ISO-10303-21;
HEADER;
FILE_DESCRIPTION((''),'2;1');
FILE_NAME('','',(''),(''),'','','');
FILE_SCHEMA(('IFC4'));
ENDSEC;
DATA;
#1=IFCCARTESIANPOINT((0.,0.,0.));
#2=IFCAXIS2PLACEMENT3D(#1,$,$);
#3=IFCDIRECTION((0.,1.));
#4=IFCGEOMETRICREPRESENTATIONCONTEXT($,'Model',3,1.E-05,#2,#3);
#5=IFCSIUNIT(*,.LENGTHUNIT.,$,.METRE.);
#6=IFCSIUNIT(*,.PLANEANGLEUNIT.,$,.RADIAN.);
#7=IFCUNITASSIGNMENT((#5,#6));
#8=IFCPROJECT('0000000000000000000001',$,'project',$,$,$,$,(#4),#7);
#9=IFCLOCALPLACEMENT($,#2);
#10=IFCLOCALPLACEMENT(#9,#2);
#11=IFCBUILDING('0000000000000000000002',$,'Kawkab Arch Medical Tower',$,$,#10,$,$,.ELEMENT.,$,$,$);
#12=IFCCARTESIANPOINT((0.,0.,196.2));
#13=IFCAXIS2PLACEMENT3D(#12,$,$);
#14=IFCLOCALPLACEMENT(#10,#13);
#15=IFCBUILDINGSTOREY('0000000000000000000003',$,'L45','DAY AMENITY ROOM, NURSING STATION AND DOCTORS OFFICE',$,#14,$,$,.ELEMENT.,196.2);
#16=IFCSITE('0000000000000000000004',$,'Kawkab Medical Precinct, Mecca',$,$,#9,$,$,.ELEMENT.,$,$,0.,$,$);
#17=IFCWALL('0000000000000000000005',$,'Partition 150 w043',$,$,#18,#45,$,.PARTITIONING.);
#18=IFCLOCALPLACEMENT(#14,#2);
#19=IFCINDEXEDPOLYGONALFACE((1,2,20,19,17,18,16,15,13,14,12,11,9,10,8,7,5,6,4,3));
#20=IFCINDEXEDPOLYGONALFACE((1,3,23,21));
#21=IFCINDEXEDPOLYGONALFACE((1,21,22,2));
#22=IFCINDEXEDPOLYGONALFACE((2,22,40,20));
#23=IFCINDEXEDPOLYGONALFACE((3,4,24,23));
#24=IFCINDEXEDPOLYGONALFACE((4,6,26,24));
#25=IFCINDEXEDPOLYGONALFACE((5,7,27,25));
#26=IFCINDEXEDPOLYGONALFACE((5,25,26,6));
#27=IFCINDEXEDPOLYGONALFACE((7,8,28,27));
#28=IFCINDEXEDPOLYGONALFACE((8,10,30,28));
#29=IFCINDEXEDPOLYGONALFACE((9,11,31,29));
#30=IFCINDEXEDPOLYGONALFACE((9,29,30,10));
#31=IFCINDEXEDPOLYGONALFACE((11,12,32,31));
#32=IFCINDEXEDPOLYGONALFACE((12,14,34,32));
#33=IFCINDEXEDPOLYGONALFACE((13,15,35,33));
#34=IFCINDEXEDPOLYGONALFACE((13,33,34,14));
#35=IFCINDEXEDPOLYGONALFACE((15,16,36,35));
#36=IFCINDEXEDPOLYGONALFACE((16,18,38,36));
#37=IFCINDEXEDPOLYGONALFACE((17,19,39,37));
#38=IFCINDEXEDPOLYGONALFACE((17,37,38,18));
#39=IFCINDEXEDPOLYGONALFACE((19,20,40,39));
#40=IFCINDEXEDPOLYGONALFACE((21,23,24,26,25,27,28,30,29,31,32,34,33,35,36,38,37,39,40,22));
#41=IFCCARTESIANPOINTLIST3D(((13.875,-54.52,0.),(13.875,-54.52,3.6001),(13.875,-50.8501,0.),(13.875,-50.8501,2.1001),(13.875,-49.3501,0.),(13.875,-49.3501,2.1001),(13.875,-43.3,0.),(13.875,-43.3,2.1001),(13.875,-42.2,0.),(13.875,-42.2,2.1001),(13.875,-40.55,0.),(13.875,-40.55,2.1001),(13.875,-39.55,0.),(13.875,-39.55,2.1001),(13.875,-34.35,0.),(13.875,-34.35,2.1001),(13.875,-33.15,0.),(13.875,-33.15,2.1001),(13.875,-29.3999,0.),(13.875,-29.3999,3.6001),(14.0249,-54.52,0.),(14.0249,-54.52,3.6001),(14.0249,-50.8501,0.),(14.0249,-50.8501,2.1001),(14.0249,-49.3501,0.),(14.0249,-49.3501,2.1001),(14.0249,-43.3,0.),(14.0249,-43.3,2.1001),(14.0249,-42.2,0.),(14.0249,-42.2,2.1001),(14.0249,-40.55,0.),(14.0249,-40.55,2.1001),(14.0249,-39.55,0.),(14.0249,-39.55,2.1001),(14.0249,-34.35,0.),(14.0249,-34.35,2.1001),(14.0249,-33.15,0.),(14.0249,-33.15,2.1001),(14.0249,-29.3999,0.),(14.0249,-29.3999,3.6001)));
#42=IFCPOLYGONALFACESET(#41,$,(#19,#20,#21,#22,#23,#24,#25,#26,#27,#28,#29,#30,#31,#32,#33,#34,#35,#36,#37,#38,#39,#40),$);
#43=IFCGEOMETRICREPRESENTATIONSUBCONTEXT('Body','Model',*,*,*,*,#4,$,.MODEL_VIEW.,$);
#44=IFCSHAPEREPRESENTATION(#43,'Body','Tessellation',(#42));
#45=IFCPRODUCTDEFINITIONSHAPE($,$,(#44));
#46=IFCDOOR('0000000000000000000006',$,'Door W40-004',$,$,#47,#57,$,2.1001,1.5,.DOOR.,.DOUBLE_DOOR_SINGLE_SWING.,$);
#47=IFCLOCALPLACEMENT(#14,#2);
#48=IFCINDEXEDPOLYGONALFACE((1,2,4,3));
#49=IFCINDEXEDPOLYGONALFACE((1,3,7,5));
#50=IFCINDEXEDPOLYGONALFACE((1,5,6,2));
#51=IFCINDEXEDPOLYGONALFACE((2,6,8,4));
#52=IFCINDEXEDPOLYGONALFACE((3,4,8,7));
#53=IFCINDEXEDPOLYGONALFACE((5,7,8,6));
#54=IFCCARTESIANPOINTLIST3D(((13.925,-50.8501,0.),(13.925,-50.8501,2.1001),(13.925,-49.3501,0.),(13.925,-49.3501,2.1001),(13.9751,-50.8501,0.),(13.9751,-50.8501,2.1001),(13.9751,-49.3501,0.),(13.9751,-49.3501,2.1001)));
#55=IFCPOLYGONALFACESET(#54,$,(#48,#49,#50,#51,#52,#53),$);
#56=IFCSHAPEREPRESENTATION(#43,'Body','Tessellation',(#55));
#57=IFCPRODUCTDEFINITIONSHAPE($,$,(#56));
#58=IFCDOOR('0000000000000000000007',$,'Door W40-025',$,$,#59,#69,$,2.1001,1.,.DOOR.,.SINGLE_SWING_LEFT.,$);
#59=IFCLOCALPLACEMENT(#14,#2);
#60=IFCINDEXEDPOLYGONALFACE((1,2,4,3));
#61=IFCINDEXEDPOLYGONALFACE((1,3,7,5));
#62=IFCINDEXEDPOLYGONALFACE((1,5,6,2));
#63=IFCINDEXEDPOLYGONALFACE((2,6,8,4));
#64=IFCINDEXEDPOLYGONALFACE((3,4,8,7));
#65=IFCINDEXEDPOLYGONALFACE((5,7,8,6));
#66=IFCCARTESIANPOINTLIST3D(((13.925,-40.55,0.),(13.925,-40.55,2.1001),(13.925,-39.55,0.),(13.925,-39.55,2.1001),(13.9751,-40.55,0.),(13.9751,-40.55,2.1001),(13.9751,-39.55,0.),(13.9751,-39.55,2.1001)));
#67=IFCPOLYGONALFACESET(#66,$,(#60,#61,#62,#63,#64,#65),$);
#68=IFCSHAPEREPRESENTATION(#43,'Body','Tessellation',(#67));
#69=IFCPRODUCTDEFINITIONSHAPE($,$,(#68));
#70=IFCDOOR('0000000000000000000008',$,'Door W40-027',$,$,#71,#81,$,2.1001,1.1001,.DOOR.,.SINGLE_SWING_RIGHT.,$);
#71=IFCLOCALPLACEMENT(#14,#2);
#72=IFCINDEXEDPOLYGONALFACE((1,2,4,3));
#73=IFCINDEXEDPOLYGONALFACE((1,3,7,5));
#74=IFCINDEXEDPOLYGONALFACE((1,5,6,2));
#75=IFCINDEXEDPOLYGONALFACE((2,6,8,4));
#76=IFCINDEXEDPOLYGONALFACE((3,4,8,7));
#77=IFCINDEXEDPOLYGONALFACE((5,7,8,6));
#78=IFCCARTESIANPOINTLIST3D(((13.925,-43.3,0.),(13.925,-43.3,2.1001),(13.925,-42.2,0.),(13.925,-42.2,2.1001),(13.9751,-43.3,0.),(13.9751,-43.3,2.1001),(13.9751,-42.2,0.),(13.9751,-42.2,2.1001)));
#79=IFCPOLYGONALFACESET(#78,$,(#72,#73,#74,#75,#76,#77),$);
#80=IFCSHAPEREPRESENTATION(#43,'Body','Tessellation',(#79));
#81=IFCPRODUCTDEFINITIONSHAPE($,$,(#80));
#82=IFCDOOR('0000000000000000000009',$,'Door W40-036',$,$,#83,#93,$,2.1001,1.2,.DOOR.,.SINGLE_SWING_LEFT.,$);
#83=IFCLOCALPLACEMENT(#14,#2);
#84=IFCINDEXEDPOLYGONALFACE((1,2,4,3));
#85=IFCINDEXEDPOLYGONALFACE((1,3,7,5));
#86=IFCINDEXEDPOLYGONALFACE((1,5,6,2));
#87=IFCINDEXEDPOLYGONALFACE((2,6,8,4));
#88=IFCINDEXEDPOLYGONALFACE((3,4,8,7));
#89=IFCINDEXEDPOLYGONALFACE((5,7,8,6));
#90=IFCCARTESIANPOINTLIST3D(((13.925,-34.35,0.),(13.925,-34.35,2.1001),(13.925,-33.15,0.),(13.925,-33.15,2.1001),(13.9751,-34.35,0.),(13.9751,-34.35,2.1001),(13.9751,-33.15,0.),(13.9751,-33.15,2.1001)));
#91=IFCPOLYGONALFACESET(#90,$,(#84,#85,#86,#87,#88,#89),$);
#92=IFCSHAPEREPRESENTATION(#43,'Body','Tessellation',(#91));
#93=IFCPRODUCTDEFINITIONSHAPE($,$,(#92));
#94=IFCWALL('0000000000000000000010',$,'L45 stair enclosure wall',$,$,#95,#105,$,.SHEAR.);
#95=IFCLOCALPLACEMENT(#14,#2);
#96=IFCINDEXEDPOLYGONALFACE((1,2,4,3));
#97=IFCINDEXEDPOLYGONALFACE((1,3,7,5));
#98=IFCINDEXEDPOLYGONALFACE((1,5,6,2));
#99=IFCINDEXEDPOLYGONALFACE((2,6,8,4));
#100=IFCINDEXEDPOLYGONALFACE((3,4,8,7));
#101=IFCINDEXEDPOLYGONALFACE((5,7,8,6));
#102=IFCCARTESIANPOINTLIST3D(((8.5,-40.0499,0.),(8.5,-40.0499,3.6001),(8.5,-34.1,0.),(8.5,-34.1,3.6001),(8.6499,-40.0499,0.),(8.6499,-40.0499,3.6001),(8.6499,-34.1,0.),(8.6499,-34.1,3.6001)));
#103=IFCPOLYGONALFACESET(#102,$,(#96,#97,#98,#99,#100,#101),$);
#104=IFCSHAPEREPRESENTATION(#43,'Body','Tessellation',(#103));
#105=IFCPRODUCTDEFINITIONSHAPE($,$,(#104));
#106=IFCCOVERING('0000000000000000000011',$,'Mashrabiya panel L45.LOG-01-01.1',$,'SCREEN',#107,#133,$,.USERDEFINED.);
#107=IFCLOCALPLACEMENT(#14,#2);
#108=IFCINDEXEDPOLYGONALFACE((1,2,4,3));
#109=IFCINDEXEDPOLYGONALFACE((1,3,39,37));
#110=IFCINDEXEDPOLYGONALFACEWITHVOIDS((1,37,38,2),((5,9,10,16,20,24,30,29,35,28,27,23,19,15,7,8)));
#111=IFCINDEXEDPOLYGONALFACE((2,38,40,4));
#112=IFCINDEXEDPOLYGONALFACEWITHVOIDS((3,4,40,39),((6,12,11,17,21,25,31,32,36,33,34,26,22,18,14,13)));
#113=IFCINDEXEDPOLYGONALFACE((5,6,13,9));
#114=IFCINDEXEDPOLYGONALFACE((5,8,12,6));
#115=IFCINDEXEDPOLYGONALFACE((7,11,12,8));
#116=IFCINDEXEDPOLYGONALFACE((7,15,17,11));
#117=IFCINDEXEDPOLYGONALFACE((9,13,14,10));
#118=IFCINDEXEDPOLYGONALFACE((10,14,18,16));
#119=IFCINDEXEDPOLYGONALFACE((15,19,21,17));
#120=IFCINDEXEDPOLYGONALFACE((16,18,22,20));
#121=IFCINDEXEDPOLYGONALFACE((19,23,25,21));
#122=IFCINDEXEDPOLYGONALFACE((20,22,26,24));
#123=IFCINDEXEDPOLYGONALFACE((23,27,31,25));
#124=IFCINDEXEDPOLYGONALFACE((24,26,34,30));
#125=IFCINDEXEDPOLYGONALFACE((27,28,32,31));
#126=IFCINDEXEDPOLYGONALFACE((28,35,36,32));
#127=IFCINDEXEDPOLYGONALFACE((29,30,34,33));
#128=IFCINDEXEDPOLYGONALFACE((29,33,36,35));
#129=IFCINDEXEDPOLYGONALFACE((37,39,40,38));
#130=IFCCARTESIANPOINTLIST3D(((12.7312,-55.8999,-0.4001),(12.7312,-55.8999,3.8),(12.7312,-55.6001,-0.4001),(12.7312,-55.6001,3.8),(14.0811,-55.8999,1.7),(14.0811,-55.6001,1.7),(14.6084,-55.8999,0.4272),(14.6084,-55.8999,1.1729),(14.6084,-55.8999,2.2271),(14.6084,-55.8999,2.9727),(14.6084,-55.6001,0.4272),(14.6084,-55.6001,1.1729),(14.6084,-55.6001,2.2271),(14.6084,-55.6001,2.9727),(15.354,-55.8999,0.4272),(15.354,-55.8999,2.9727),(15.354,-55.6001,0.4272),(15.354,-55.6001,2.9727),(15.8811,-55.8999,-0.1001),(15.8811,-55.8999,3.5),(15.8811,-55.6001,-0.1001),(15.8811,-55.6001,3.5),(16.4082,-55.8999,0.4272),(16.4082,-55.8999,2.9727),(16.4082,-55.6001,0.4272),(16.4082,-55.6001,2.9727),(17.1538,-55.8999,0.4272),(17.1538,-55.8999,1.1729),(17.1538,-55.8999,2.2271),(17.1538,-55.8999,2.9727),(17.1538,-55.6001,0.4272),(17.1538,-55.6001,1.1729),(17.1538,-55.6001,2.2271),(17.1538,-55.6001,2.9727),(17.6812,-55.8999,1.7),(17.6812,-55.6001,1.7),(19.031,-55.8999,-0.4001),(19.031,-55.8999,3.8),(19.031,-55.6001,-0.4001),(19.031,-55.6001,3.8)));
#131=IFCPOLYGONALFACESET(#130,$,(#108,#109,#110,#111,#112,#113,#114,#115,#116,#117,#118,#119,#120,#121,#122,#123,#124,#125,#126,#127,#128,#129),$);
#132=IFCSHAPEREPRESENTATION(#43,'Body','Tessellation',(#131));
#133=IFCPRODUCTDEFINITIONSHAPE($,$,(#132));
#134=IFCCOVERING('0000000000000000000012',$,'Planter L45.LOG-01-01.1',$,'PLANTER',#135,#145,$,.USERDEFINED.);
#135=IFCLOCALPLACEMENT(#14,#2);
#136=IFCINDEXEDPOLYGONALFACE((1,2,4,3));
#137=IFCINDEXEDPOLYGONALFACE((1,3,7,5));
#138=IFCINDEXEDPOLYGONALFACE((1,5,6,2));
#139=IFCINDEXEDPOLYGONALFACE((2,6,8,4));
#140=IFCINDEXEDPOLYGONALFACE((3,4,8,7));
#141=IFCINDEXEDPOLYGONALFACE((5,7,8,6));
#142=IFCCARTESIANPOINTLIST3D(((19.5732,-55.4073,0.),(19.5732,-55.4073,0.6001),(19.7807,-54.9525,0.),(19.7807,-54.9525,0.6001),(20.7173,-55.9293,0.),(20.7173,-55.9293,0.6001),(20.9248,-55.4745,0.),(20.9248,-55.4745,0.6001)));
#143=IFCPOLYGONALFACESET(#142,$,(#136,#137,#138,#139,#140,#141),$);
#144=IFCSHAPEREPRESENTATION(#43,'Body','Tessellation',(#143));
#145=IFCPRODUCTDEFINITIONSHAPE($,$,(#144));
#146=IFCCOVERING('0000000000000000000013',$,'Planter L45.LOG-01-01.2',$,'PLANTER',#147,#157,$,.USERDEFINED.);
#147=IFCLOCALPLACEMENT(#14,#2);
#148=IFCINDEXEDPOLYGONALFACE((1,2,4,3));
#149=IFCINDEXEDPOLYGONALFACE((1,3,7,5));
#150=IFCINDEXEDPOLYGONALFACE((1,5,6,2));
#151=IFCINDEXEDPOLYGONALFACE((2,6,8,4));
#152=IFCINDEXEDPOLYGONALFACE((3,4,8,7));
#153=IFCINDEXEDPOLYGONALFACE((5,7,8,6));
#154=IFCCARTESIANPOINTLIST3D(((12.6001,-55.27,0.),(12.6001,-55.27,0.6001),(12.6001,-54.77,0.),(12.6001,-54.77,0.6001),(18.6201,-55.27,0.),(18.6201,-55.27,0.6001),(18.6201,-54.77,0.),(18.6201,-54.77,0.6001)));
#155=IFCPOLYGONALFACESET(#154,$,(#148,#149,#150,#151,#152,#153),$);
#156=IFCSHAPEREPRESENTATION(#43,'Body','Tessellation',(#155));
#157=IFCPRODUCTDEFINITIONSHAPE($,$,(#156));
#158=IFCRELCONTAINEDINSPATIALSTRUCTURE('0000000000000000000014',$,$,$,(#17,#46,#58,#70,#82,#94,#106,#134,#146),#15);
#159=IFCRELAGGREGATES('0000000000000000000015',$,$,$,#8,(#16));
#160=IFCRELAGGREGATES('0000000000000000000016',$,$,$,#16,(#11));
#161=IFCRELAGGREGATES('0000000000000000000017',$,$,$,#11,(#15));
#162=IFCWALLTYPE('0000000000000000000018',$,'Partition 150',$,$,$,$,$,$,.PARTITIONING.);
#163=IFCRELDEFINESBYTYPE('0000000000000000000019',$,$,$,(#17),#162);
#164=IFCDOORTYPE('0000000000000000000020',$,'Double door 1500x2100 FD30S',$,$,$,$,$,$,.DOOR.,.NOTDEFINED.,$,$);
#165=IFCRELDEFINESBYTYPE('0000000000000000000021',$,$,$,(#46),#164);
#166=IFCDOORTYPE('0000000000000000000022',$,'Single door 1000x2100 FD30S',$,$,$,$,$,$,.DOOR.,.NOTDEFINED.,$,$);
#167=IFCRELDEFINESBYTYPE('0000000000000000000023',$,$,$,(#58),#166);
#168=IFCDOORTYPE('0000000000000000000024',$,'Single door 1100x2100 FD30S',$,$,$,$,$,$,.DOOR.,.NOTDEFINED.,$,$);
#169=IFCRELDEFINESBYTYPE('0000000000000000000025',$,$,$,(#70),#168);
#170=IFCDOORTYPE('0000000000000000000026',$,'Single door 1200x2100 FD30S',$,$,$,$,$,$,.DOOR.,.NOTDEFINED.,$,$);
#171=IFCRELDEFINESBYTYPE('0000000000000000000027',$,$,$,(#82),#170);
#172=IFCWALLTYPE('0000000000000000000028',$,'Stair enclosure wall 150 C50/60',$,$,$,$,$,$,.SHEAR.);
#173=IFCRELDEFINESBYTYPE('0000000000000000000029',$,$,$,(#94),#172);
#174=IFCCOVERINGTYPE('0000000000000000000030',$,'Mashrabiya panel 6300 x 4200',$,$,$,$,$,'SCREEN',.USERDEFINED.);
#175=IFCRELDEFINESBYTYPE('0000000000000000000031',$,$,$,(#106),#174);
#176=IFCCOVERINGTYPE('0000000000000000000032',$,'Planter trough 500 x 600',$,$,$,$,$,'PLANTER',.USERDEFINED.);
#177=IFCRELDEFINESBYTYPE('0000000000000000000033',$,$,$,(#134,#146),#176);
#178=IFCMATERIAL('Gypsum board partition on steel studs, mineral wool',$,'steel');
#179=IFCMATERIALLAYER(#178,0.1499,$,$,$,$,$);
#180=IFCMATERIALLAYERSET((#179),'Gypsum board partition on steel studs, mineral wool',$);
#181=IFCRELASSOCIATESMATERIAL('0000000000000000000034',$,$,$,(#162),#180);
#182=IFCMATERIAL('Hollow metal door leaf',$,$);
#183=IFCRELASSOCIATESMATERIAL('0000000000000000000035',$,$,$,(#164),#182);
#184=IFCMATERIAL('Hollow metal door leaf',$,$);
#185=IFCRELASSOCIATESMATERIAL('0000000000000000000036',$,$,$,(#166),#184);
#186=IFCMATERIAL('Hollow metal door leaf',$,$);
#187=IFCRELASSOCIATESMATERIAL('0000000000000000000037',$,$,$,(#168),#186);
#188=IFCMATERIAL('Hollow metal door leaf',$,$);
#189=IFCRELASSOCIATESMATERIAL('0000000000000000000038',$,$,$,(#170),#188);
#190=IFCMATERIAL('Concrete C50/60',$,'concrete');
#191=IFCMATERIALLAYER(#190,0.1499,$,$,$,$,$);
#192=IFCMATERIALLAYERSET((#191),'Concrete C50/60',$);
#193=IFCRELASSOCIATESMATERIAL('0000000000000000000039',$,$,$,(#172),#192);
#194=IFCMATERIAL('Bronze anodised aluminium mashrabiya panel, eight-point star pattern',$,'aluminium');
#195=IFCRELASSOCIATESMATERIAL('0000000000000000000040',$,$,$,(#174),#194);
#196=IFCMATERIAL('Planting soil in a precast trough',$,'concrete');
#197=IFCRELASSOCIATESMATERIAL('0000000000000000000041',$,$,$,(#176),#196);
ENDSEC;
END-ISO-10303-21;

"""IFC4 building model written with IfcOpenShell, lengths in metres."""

from ifc_helpers import new_model, si_unit, direction, frame, frame_2d, origin, origin_2d, place, context, subcontext, project, spatial, polyline, rectangle, outline, extrude, material, layer, layer_set, material_profile, profile_set, type_object, element, fill, save


model = new_model("IFC4")

# Units and contexts
model_context = context("Model", 3, precision=1e-05, world=origin(), true_north=direction((0.0, 1.0)))
body_context = subcontext(model_context, "Body", "Model", "MODEL_VIEW")
ifc_project = project(units=[si_unit("LENGTHUNIT", "METRE"), si_unit("PLANEANGLEUNIT", "RADIAN")], contexts=[model_context])

# Site, building, storey
site_placement = place(None, origin())
site = spatial("IfcSite", under=ifc_project, at=site_placement, Name="Kawkab Medical Precinct, Mecca", CompositionType="ELEMENT", RefElevation=0.0)
building_placement = place(site_placement, origin())
building = spatial("IfcBuilding", under=site, at=building_placement, Name="Kawkab Arch Medical Tower", CompositionType="ELEMENT")
storey_placement = place(building_placement, frame((0.0, 0.0, 196.2)))
storey = spatial("IfcBuildingStorey", under=building, at=storey_placement, Name="L45", Description="DAY AMENITY ROOM, NURSING STATION AND DOCTORS OFFICE", CompositionType="ELEMENT", Elevation=196.2)

# Shared definitions
ifc_material_1 = material(Name="Gypsum board partition on steel studs, mineral wool", Category="steel")
ifc_layer_1 = layer(ifc_material_1, 0.1499)
ifc_layer_set_1 = layer_set([ifc_layer_1], Name="Gypsum board partition on steel studs, mineral wool")
wall_type_1 = type_object("IfcWallType", Name="Partition 150", PredefinedType="PARTITIONING", material=ifc_layer_set_1)

# Shared definitions
ifc_material_2 = material(Name="Hollow metal door leaf")
door_type_1 = type_object("IfcDoorType", Name="Double door 1500x2100 FD30S", OperationType="NOTDEFINED", PredefinedType="DOOR", material=ifc_material_2)

# Wall, openings, doors
wall_1_placement = place(storey_placement, frame((13.95, -54.52, 0.0), z_axis=(0.0, 0.0, 1.0), x_axis=(0.0, 1.0, 0.0)))
wall_1 = element("IfcWall", 1, at=wall_1_placement, inside=storey, type_object=wall_type_1, Name="Partition 150 w043", PredefinedType="PARTITIONING", context=body_context, shape_type="SweptSolid", body=[
    extrude(rectangle(XDim=25.1201, YDim=0.1499, at=frame_2d((12.5601, 0.0))), origin(), (0.0, 0.0, 1.0), 3.6001),
])
opening_1_placement = place(wall_1_placement, frame((20.1699, 0.0, 0.0)))
opening_1 = element("IfcOpeningElement", 2, at=opening_1_placement, cuts=wall_1, PredefinedType="OPENING", context=body_context, shape_type="SweptSolid", body=[
    extrude(rectangle(XDim=1.2, YDim=2.1001, at=frame_2d((0.6001, 1.05))), frame((0.0, 0.085, 0.0), z_axis=(0.0, -1.0, 0.0), x_axis=(1.0, 0.0, 0.0)), (0.0, 0.0, 1.0), 0.1699),
])
opening_2_placement = place(wall_1_placement, frame((13.97, 0.0, 0.0)))
opening_2 = element("IfcOpeningElement", 3, at=opening_2_placement, cuts=wall_1, PredefinedType="OPENING", context=body_context, shape_type="SweptSolid", body=[
    extrude(rectangle(XDim=1.0, YDim=2.1001, at=frame_2d((0.5, 1.05))), frame((0.0, 0.085, 0.0), z_axis=(0.0, -1.0, 0.0), x_axis=(1.0, 0.0, 0.0)), (0.0, 0.0, 1.0), 0.1699),
])
opening_3_placement = place(wall_1_placement, frame((11.22, 0.0, 0.0)))
opening_3 = element("IfcOpeningElement", 4, at=opening_3_placement, cuts=wall_1, PredefinedType="OPENING", context=body_context, shape_type="SweptSolid", body=[
    extrude(rectangle(XDim=1.1001, YDim=2.1001, at=frame_2d((0.55, 1.05))), frame((0.0, 0.085, 0.0), z_axis=(0.0, -1.0, 0.0), x_axis=(1.0, 0.0, 0.0)), (0.0, 0.0, 1.0), 0.1699),
])
opening_4_placement = place(wall_1_placement, frame((3.6699, 0.0, 0.0)))
opening_4 = element("IfcOpeningElement", 5, at=opening_4_placement, cuts=wall_1, PredefinedType="OPENING", context=body_context, shape_type="SweptSolid", body=[
    extrude(rectangle(XDim=1.5, YDim=2.1001, at=frame_2d((0.75, 1.05))), frame((0.0, 0.085, 0.0), z_axis=(0.0, -1.0, 0.0), x_axis=(1.0, 0.0, 0.0)), (0.0, 0.0, 1.0), 0.1699),
])
door_1_placement = place(opening_4_placement, origin())
door_1 = element("IfcDoor", 6, at=door_1_placement, inside=storey, type_object=door_type_1, Name="Door W40-004", OperationType="DOUBLE_DOOR_SINGLE_SWING", OverallHeight=2.1001, OverallWidth=1.5, PredefinedType="DOOR", context=body_context, shape_type="SweptSolid", body=[
    extrude(rectangle(XDim=1.5, YDim=2.1001, at=frame_2d((0.75, 1.05))), frame((0.0, 0.0249, 0.0), z_axis=(0.0, -1.0, 0.0), x_axis=(1.0, 0.0, 0.0)), (0.0, 0.0, 1.0), 0.05),
])
fill(opening_4, door_1)
ifc_material_3 = material(Name="Hollow metal door leaf")
door_type_2 = type_object("IfcDoorType", Name="Single door 1000x2100 FD30S", OperationType="NOTDEFINED", PredefinedType="DOOR", material=ifc_material_3)
door_2_placement = place(opening_2_placement, origin())
door_2 = element("IfcDoor", 7, at=door_2_placement, inside=storey, type_object=door_type_2, Name="Door W40-025", OperationType="SINGLE_SWING_LEFT", OverallHeight=2.1001, OverallWidth=1.0, PredefinedType="DOOR", context=body_context, shape_type="SweptSolid", body=[
    extrude(rectangle(XDim=1.0, YDim=2.1001, at=frame_2d((0.5, 1.05))), frame((0.0, 0.0249, 0.0), z_axis=(0.0, -1.0, 0.0), x_axis=(1.0, 0.0, 0.0)), (0.0, 0.0, 1.0), 0.05),
])
fill(opening_2, door_2)
ifc_material_4 = material(Name="Hollow metal door leaf")
door_type_3 = type_object("IfcDoorType", Name="Single door 1100x2100 FD30S", OperationType="NOTDEFINED", PredefinedType="DOOR", material=ifc_material_4)
door_3_placement = place(opening_3_placement, origin())
door_3 = element("IfcDoor", 8, at=door_3_placement, inside=storey, type_object=door_type_3, Name="Door W40-027", OperationType="SINGLE_SWING_RIGHT", OverallHeight=2.1001, OverallWidth=1.1001, PredefinedType="DOOR", context=body_context, shape_type="SweptSolid", body=[
    extrude(rectangle(XDim=1.1001, YDim=2.1001, at=frame_2d((0.55, 1.05))), frame((0.0, 0.0249, 0.0), z_axis=(0.0, -1.0, 0.0), x_axis=(1.0, 0.0, 0.0)), (0.0, 0.0, 1.0), 0.05),
])
fill(opening_3, door_3)
ifc_material_5 = material(Name="Hollow metal door leaf")
door_type_4 = type_object("IfcDoorType", Name="Single door 1200x2100 FD30S", OperationType="NOTDEFINED", PredefinedType="DOOR", material=ifc_material_5)
door_4_placement = place(opening_1_placement, origin())
door_4 = element("IfcDoor", 9, at=door_4_placement, inside=storey, type_object=door_type_4, Name="Door W40-036", OperationType="SINGLE_SWING_LEFT", OverallHeight=2.1001, OverallWidth=1.2, PredefinedType="DOOR", context=body_context, shape_type="SweptSolid", body=[
    extrude(rectangle(XDim=1.2, YDim=2.1001, at=frame_2d((0.6001, 1.05))), frame((0.0, 0.0249, 0.0), z_axis=(0.0, -1.0, 0.0), x_axis=(1.0, 0.0, 0.0)), (0.0, 0.0, 1.0), 0.05),
])
fill(opening_1, door_4)

# Wall
ifc_material_6 = material(Name="Concrete C50/60", Category="concrete")
ifc_layer_2 = layer(ifc_material_6, 0.1499)
ifc_layer_set_2 = layer_set([ifc_layer_2], Name="Concrete C50/60")
wall_type_2 = type_object("IfcWallType", Name="Stair enclosure wall 150 C50/60", PredefinedType="SHEAR", material=ifc_layer_set_2)
wall_2_placement = place(storey_placement, frame((8.575, -40.05, 0.0), z_axis=(0.0, 0.0, 1.0), x_axis=(0.0, 1.0, 0.0)))
element("IfcWall", 10, at=wall_2_placement, inside=storey, type_object=wall_type_2, Name="L45 stair enclosure wall", PredefinedType="SHEAR", context=body_context, shape_type="SweptSolid", body=[
    extrude(rectangle(XDim=5.95, YDim=0.1499, at=frame_2d((2.9751, 0.0))), origin(), (0.0, 0.0, 1.0), 3.6001),
])

# Coverings
ifc_material_7 = material(Name="Bronze anodised aluminium mashrabiya panel, eight-point star pattern", Category="aluminium")
ifc_material_profile_1 = material_profile(ifc_material_7, outline(polyline([(-3.1499, -2.1001), (3.1499, -2.1001), (3.1499, 2.1001), (-3.1499, 2.1001), (-3.1499, -2.1001)]), holes=[polyline([(1.8, 0.0), (1.2727, 0.5271), (1.2727, 1.2727), (0.5271, 1.2727), (0.0, 1.8), (-0.5271, 1.2727), (-1.2727, 1.2727), (-1.2727, 0.5271), (-1.8, 0.0), (-1.2727, -0.5271), (-1.2727, -1.2727), (-0.5271, -1.2727), (0.0, -1.8), (0.5271, -1.2727), (1.2727, -1.2727), (1.2727, -0.5271), (1.8, 0.0)])]), Name="Mashrabiya panel 6300x4200")
ifc_profile_set_1 = profile_set([ifc_material_profile_1], Name="Bronze anodised aluminium mashrabiya panel, eight-point star pattern")
covering_type_1 = type_object("IfcCoveringType", Name="Mashrabiya panel 6300 x 4200", ElementType="SCREEN", PredefinedType="USERDEFINED", material=ifc_profile_set_1)
covering_1_placement = place(storey_placement, frame((15.8811, -55.6001, 1.7), z_axis=(0.0, -1.0, 0.0), x_axis=(1.0, 0.0, 0.0)))
element("IfcCovering", 11, at=covering_1_placement, inside=storey, type_object=covering_type_1, Name="Mashrabiya panel L45.LOG-01-01.1", ObjectType="SCREEN", PredefinedType="USERDEFINED", context=body_context, shape_type="SweptSolid", body=[
    extrude(outline(polyline([(-3.1499, -2.1001), (3.1499, -2.1001), (3.1499, 2.1001), (-3.1499, 2.1001), (-3.1499, -2.1001)]), holes=[polyline([(1.8, 0.0), (1.2727, 0.5271), (1.2727, 1.2727), (0.5271, 1.2727), (0.0, 1.8), (-0.5271, 1.2727), (-1.2727, 1.2727), (-1.2727, 0.5271), (-1.8, 0.0), (-1.2727, -0.5271), (-1.2727, -1.2727), (-0.5271, -1.2727), (0.0, -1.8), (0.5271, -1.2727), (1.2727, -1.2727), (1.2727, -0.5271), (1.8, 0.0)])]), origin(), (0.0, 0.0, 1.0), 0.2998),
])
ifc_material_8 = material(Name="Planting soil in a precast trough", Category="concrete")
ifc_material_profile_2 = material_profile(ifc_material_8, rectangle(XDim=0.5, YDim=0.6001, at=origin_2d()), Name="Trough 500x600")
ifc_profile_set_2 = profile_set([ifc_material_profile_2], Name="Planting soil in a precast trough")
covering_type_2 = type_object("IfcCoveringType", Name="Planter trough 500 x 600", ElementType="PLANTER", PredefinedType="USERDEFINED", material=ifc_profile_set_2)
covering_2_placement = place(storey_placement, frame((20.821, -55.7019, 0.3), z_axis=(-0.90978, 0.41509, 0.0), x_axis=(-0.41509, -0.90978, 0.0)))
element("IfcCovering", 12, at=covering_2_placement, inside=storey, type_object=covering_type_2, Name="Planter L45.LOG-01-01.1", ObjectType="PLANTER", PredefinedType="USERDEFINED", context=body_context, shape_type="SweptSolid", body=[
    extrude(rectangle(XDim=0.5, YDim=0.6001, at=origin_2d()), origin(), (0.0, 0.0, 1.0), 1.2576),
])
for number, where, z_axis, x_axis, name in (
    (13, (18.6201, -55.02, 0.3), (-1.0, 0.0, 0.0), (0.0, -1.0, 0.0), "Planter L45.LOG-01-01.2"),
):
    element("IfcCovering", number, at=place(storey_placement, frame(where, z_axis=z_axis, x_axis=x_axis)), inside=storey, type_object=covering_type_2, Name=name, ObjectType="PLANTER", PredefinedType="USERDEFINED", context=body_context, shape_type="SweptSolid", body=[
        extrude(rectangle(XDim=0.5, YDim=0.6001, at=origin_2d()), origin(), (0.0, 0.0, 1.0), 6.02),
    ])

save(model, "model.ifc")
